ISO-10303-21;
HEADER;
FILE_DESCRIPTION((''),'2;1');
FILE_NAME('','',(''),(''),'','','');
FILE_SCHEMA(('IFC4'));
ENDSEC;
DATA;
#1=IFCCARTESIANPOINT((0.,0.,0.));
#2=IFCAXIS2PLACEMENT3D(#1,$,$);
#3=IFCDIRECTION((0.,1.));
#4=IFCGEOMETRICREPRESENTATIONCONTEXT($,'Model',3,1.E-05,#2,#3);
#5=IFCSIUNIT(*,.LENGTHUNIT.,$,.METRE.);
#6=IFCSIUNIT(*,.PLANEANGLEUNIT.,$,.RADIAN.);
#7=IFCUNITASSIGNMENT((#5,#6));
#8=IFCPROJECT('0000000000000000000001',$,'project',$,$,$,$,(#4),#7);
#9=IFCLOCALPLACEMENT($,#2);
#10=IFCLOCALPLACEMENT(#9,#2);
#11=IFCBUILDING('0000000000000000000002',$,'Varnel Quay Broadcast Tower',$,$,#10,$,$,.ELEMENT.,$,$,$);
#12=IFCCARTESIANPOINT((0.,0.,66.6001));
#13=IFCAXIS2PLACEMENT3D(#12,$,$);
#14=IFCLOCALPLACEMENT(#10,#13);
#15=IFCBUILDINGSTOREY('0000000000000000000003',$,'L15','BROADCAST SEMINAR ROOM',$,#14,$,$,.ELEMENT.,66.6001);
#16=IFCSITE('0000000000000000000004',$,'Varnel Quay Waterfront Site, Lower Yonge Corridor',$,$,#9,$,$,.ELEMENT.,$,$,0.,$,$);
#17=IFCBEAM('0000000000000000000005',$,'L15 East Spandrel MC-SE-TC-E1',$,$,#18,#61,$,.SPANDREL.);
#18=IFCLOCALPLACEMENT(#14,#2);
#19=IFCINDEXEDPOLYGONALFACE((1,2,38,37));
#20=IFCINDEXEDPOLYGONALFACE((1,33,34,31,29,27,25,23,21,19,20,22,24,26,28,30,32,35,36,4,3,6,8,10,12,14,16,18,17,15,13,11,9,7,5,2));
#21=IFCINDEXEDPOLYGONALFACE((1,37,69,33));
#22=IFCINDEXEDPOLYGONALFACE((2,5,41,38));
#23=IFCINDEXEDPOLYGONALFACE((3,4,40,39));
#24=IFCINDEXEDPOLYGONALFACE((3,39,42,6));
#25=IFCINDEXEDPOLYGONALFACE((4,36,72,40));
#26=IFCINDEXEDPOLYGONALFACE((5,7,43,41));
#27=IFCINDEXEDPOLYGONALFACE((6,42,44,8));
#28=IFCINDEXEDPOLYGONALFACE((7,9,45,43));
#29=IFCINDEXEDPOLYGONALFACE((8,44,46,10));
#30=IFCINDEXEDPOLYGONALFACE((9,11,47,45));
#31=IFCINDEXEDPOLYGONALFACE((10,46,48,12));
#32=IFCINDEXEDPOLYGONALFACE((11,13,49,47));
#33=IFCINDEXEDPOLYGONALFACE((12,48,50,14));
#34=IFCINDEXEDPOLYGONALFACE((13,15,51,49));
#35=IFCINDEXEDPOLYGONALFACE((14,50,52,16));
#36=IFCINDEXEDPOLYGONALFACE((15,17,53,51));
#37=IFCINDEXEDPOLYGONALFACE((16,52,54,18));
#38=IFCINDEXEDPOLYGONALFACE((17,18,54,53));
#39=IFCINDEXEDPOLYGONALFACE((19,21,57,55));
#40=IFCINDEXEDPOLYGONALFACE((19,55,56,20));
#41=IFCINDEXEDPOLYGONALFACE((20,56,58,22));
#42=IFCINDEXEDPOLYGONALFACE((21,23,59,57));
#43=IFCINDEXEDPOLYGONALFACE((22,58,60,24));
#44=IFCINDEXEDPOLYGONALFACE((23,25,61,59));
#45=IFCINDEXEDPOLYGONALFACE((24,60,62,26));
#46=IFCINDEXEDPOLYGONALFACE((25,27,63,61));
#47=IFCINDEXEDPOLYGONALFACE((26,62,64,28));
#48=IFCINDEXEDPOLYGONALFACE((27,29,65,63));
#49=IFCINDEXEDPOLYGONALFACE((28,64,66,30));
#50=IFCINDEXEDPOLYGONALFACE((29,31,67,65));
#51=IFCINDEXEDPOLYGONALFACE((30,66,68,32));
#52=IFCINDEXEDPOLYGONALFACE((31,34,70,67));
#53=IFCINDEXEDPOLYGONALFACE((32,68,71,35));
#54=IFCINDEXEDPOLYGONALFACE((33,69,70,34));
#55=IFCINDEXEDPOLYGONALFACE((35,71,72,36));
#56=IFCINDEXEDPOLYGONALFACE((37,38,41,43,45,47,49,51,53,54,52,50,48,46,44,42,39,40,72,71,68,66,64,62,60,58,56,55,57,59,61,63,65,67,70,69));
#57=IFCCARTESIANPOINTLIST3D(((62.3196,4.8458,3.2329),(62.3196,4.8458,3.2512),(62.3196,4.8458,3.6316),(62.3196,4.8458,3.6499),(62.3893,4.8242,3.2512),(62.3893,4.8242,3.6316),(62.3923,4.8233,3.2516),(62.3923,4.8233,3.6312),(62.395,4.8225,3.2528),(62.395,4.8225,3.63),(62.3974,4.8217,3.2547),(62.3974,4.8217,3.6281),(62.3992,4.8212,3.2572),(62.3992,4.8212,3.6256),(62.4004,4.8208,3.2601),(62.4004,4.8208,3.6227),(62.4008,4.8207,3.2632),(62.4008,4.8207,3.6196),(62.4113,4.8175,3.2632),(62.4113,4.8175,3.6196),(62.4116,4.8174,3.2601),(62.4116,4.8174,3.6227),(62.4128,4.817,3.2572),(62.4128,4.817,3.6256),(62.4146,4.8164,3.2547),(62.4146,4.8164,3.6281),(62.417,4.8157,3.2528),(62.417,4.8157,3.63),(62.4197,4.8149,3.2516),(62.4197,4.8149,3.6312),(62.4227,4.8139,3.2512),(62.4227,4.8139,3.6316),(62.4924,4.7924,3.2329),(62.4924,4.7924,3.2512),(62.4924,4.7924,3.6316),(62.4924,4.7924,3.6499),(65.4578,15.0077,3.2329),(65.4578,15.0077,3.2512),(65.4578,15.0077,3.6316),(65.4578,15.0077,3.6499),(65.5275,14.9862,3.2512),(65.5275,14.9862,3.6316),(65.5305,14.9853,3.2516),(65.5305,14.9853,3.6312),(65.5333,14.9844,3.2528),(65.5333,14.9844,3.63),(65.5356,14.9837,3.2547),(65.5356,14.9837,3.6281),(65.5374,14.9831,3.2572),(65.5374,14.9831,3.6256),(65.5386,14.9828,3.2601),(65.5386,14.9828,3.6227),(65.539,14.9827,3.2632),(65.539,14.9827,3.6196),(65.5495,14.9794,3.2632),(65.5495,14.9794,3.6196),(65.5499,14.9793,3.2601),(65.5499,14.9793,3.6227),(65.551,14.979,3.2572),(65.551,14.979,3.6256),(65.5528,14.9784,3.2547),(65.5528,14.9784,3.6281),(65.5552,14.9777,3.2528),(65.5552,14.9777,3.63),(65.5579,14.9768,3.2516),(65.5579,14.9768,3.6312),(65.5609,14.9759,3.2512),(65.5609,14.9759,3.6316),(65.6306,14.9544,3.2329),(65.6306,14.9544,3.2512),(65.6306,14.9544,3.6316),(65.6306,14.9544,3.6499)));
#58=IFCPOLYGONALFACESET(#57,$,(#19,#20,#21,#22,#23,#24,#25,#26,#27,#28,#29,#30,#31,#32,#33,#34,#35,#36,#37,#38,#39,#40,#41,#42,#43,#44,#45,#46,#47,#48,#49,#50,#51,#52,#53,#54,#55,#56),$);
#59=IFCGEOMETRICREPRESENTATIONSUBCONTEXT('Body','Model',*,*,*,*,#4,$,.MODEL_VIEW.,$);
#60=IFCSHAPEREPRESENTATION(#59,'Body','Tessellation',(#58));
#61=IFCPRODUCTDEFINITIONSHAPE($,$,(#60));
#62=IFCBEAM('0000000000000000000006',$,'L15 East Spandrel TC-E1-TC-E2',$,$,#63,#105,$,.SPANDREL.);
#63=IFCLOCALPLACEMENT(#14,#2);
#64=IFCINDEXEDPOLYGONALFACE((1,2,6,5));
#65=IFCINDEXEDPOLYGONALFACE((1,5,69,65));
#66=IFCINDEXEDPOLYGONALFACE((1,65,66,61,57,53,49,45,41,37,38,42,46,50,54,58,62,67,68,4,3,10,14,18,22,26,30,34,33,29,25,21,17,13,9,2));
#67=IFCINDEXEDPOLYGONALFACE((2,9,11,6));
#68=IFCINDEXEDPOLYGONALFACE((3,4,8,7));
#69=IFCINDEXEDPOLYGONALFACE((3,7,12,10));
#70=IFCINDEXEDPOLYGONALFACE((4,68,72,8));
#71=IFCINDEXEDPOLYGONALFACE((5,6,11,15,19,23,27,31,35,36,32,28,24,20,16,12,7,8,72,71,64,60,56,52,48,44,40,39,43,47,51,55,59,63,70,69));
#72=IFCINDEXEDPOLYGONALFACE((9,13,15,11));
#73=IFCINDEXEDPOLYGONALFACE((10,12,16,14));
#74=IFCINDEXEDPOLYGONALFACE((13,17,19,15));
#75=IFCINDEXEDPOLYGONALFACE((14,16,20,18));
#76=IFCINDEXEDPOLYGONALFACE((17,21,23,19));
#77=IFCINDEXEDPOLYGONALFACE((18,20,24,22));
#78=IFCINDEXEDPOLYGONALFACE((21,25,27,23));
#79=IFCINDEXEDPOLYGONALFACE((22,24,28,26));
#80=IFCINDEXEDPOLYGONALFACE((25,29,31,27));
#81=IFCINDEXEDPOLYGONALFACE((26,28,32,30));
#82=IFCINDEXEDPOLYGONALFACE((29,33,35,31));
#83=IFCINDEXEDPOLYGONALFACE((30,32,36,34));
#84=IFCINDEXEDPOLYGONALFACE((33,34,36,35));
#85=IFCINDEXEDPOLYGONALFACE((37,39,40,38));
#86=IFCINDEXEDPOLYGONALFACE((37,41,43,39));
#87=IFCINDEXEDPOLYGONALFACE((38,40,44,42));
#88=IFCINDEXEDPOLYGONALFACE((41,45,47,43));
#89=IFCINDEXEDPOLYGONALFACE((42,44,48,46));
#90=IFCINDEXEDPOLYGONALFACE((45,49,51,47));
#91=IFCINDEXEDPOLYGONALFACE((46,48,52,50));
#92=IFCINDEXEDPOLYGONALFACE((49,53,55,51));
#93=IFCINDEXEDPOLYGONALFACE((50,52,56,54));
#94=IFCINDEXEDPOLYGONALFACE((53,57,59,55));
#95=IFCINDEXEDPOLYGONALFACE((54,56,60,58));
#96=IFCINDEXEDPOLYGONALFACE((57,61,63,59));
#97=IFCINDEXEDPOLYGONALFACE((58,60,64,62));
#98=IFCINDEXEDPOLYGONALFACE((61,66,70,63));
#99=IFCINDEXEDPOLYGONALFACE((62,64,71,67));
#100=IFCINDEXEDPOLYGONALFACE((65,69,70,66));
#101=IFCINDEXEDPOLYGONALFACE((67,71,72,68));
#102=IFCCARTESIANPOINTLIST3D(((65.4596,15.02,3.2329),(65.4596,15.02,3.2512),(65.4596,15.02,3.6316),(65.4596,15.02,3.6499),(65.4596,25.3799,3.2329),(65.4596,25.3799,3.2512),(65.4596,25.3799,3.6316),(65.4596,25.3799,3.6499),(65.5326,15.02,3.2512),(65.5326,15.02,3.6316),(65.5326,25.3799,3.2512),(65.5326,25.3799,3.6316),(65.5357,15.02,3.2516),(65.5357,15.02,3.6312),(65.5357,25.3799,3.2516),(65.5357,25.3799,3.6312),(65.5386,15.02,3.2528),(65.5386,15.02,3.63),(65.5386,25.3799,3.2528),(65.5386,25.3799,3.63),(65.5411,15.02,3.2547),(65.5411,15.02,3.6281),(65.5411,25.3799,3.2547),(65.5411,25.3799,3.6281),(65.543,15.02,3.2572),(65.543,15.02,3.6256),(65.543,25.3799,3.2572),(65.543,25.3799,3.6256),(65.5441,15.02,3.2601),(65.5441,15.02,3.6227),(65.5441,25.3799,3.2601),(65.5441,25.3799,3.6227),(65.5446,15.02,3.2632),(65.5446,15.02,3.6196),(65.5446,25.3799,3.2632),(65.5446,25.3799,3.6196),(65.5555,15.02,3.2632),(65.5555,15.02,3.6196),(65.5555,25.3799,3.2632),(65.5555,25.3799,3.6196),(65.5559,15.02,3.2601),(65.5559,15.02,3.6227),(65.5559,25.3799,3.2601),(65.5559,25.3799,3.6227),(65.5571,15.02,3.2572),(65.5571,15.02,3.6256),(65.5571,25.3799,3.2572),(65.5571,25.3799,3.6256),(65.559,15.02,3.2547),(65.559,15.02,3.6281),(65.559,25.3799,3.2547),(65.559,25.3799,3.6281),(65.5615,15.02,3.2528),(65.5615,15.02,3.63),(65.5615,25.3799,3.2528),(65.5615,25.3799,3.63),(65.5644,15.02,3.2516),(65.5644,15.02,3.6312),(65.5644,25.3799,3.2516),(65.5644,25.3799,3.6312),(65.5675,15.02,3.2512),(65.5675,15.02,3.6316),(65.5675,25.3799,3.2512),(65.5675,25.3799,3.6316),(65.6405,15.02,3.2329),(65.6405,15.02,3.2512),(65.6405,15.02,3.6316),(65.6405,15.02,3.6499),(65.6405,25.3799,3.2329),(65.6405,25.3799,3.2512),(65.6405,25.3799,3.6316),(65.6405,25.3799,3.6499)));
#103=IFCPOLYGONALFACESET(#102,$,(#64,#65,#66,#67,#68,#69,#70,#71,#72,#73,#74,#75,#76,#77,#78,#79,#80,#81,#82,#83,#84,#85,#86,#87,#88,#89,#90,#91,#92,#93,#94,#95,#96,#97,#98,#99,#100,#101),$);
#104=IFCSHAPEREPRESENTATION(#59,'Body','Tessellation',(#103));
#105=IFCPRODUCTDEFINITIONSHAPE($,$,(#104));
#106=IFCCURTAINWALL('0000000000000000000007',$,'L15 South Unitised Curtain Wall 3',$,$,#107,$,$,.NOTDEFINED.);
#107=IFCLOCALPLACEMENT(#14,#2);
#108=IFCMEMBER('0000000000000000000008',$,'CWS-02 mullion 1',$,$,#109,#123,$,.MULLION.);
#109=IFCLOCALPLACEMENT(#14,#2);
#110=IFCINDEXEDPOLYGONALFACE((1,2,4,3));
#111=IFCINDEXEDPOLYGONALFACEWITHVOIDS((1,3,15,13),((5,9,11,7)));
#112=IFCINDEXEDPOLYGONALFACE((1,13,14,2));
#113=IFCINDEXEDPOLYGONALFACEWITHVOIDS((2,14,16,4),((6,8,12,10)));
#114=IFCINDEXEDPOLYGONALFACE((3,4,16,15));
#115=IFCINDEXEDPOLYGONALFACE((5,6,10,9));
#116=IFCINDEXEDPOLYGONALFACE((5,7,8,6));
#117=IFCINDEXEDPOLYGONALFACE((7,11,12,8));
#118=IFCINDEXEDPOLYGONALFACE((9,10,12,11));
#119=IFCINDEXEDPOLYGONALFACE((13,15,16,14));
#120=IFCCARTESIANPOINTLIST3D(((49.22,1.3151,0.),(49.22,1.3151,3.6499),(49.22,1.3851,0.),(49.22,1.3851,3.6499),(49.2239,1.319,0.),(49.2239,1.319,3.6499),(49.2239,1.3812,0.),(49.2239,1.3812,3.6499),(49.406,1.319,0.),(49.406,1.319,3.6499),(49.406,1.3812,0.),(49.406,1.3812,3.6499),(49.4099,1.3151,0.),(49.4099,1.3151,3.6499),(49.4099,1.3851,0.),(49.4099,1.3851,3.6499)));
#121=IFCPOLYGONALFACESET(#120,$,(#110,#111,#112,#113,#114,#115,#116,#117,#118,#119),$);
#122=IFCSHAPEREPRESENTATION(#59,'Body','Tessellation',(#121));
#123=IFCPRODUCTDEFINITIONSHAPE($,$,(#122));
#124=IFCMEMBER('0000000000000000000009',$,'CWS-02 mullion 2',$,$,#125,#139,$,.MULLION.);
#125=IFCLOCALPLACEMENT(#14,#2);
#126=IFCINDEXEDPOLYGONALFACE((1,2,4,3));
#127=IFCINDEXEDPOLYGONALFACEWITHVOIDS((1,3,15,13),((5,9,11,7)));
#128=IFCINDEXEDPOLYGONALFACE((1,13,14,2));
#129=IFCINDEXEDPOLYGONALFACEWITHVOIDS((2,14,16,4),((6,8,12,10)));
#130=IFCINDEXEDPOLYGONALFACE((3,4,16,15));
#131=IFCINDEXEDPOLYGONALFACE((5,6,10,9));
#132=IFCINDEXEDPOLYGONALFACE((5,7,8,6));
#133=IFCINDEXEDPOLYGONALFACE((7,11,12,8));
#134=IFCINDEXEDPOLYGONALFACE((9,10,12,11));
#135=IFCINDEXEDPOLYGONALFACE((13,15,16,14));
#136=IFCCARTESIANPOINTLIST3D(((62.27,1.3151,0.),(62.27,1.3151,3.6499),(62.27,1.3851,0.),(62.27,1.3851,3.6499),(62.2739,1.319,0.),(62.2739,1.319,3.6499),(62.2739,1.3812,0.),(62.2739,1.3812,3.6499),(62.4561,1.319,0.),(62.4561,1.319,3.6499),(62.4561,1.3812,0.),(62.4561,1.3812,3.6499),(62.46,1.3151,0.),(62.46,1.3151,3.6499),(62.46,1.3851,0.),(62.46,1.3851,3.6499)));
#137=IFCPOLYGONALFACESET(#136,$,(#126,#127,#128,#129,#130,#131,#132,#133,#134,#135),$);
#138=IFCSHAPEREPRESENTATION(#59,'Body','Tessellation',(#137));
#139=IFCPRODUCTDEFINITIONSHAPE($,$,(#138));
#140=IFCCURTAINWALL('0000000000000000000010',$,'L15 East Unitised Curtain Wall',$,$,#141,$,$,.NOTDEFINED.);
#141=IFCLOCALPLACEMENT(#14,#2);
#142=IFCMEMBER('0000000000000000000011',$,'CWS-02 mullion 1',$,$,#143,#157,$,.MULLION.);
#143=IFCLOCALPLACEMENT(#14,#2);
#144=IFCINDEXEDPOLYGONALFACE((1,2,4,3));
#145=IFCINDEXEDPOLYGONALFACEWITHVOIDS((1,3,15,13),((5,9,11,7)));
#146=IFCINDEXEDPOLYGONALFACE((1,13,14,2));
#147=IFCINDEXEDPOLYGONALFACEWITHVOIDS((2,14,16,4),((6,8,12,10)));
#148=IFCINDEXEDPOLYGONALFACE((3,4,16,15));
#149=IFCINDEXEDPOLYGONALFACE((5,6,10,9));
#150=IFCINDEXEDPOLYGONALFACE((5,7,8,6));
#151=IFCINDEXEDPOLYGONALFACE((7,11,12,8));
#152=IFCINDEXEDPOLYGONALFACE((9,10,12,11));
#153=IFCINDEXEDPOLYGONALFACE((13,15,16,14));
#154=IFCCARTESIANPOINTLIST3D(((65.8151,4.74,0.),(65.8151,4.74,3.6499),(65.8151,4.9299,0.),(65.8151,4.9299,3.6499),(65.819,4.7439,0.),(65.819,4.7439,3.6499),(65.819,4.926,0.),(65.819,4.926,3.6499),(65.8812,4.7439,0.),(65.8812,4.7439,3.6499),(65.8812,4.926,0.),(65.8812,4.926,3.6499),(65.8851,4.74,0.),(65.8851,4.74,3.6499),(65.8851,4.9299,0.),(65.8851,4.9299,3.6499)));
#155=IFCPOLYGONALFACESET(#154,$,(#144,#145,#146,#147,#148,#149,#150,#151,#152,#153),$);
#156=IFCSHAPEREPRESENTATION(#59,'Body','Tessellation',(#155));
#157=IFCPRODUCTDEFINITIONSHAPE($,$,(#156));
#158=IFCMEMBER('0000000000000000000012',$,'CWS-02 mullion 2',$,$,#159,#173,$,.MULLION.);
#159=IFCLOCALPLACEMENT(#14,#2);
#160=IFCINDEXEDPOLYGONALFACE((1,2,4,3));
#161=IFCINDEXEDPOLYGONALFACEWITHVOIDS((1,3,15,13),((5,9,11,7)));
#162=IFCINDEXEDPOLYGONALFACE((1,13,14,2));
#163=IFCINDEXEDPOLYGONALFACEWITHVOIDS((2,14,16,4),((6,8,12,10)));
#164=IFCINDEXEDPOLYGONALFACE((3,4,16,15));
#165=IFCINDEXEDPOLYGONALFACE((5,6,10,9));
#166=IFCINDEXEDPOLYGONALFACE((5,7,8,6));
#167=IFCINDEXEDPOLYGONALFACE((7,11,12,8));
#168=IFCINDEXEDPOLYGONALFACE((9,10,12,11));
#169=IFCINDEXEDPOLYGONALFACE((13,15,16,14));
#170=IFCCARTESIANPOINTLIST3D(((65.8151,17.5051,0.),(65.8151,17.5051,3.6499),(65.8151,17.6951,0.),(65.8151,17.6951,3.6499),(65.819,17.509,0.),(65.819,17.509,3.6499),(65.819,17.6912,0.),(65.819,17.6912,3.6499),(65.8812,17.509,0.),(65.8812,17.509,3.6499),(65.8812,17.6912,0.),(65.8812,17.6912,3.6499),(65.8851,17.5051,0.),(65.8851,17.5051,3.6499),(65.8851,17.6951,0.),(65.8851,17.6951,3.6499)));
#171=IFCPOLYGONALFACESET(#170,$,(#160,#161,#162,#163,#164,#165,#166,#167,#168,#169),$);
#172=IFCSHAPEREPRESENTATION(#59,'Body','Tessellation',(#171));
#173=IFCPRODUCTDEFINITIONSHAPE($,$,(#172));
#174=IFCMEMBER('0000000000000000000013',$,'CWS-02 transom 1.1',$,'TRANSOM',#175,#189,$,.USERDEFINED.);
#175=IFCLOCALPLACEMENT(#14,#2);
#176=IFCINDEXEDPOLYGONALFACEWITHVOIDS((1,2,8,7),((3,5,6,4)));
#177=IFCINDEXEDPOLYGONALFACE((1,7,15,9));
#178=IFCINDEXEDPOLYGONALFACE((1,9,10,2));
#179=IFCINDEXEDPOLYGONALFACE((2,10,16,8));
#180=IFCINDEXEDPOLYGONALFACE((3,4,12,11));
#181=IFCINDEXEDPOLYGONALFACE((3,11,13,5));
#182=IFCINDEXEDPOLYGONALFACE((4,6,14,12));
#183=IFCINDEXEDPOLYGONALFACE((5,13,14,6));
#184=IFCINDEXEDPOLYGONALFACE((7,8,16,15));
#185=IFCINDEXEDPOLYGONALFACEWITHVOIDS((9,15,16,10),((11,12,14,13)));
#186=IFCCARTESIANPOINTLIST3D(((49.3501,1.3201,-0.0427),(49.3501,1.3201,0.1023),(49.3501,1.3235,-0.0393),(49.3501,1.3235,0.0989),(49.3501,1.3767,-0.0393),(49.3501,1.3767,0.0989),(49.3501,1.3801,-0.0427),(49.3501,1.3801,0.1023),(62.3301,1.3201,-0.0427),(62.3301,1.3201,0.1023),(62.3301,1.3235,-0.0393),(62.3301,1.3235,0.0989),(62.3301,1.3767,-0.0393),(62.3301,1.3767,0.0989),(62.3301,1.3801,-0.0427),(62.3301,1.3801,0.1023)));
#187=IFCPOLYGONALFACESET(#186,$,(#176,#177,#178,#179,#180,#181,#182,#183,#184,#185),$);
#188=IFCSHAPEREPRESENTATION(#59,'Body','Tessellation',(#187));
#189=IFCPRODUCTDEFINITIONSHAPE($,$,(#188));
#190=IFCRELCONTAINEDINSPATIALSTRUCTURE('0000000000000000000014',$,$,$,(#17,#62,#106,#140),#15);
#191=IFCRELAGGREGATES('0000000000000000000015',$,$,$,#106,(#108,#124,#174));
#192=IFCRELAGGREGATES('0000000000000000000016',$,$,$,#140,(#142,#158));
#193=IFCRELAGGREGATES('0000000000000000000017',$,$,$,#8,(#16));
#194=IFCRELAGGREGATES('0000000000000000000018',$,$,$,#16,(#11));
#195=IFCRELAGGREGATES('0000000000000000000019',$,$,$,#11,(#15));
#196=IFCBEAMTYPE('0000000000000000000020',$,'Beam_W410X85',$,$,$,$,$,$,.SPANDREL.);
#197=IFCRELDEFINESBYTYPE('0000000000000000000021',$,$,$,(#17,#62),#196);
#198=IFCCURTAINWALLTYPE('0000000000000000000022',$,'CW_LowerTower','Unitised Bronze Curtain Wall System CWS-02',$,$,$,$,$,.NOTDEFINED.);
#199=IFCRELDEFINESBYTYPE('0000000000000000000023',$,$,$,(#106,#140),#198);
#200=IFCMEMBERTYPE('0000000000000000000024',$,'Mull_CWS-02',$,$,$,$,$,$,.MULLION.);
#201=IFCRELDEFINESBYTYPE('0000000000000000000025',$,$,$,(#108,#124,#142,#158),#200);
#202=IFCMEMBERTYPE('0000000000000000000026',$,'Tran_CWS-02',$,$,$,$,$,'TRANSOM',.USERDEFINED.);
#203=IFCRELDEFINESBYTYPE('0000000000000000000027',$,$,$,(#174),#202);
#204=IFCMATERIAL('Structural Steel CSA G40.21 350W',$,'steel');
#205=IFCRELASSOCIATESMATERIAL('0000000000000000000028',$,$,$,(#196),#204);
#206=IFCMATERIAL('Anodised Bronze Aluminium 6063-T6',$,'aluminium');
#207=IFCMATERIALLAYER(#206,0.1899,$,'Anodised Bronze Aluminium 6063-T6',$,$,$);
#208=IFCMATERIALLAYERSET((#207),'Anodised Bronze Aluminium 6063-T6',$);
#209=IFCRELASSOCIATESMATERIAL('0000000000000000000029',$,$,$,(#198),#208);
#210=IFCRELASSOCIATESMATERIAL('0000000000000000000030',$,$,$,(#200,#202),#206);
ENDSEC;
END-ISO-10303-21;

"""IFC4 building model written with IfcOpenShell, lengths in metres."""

from ifc_helpers import new_model, si_unit, direction, frame, origin, origin_2d, place, context, subcontext, project, spatial, hollow_rectangle, i_section, extrude, source, transform, mapped, material, layer, layer_set, material_profile, profile_set, type_object, type_shapes, element, aggregate, save


model = new_model("IFC4")

# Units and contexts
model_context = context("Model", 3, precision=1e-05, world=origin(), true_north=direction((0.0, 1.0)))
body_context = subcontext(model_context, "Body", "Model", "MODEL_VIEW")
ifc_project = project(units=[si_unit("LENGTHUNIT", "METRE"), si_unit("PLANEANGLEUNIT", "RADIAN")], contexts=[model_context])

# Site, building, storey
site_placement = place(None, origin())
site = spatial("IfcSite", under=ifc_project, at=site_placement, Name="Varnel Quay Waterfront Site, Lower Yonge Corridor", CompositionType="ELEMENT", RefElevation=0.0)
building_placement = place(site_placement, origin())
building = spatial("IfcBuilding", under=site, at=building_placement, Name="Varnel Quay Broadcast Tower", CompositionType="ELEMENT")
storey_placement = place(building_placement, frame((0.0, 0.0, 66.6001)))
storey = spatial("IfcBuildingStorey", under=building, at=storey_placement, Name="L15", Description="BROADCAST SEMINAR ROOM", CompositionType="ELEMENT", Elevation=66.6001)

# Shared definitions
ifc_material_1 = material(Name="Structural Steel CSA G40.21 350W", Category="steel")

# Beams
ifc_material_profile_1 = material_profile(ifc_material_1, i_section(OverallWidth=0.1809, OverallDepth=0.417, WebThickness=0.011, FlangeThickness=0.0183, FilletRadius=0.012, at=origin_2d()), Name="W410X85")
ifc_profile_set_1 = profile_set([ifc_material_profile_1], Name="Structural Steel CSA G40.21 350W")
beam_type = type_object("IfcBeamType", Name="Beam_W410X85", PredefinedType="SPANDREL", material=ifc_profile_set_1)
shared_shape_1 = source(origin(), body_context, "Body", "SweptSolid", [
    extrude(i_section(OverallWidth=0.1809, OverallDepth=0.417, WebThickness=0.011, FlangeThickness=0.0183, FilletRadius=0.012, at=origin_2d()), origin(), (0.0, 0.0, 1.0), 10.6355),
])
beam_1_placement = place(storey_placement, frame((62.406, 4.8191, 3.4414), z_axis=(0.29507, 0.955476, 0.0), x_axis=(-0.955476, 0.29507, 0.0)))
element("IfcBeam", 1, at=beam_1_placement, inside=storey, type_object=beam_type, Name="L15 East Spandrel MC-SE-TC-E1", PredefinedType="SPANDREL", context=body_context, shape_type="MappedRepresentation", body=[
    mapped(shared_shape_1, transform((0.0, 0.0, 0.0), x_axis=(1.0, 0.0, 0.0), y_axis=(0.0, 1.0, 0.0), z_axis=(0.0, 0.0, 1.0), scale=1.0)),
])
shared_shape_2 = source(origin(), body_context, "Body", "SweptSolid", [
    extrude(i_section(OverallWidth=0.1809, OverallDepth=0.417, WebThickness=0.011, FlangeThickness=0.0183, FilletRadius=0.012, at=origin_2d()), origin(), (0.0, 0.0, 1.0), 10.3599),
])
beam_2_placement = place(storey_placement, frame((65.55, 15.02, 3.4414), z_axis=(0.0, 1.0, 0.0), x_axis=(-1.0, 0.0, 0.0)))
element("IfcBeam", 2, at=beam_2_placement, inside=storey, type_object=beam_type, Name="L15 East Spandrel TC-E1-TC-E2", PredefinedType="SPANDREL", context=body_context, shape_type="MappedRepresentation", body=[
    mapped(shared_shape_2, transform((0.0, 0.0, 0.0), x_axis=(1.0, 0.0, 0.0), y_axis=(0.0, 1.0, 0.0), z_axis=(0.0, 0.0, 1.0), scale=1.0)),
])

# Curtain walls, members
ifc_material_2 = material(Name="Anodised Bronze Aluminium 6063-T6", Category="aluminium")
ifc_layer_1 = layer(ifc_material_2, 0.1899, Name="Anodised Bronze Aluminium 6063-T6")
ifc_layer_set_1 = layer_set([ifc_layer_1], Name="Anodised Bronze Aluminium 6063-T6")
curtain_wall_type_1 = type_object("IfcCurtainWallType", Name="CW_LowerTower", Description="Unitised Bronze Curtain Wall System CWS-02", PredefinedType="NOTDEFINED", material=ifc_layer_set_1)
curtain_wall_1_placement = place(storey_placement, origin())
curtain_wall_1 = element("IfcCurtainWall", 3, at=curtain_wall_1_placement, inside=storey, type_object=curtain_wall_type_1, Name="L15 South Unitised Curtain Wall 3", PredefinedType="NOTDEFINED")
ifc_material_profile_2 = material_profile(ifc_material_2, hollow_rectangle(XDim=0.0701, YDim=0.1899, WallThickness=0.0039, at=origin_2d()), Name="ALU70X190X4")
ifc_profile_set_2 = profile_set([ifc_material_profile_2], Name="Anodised Bronze Aluminium 6063-T6")
member_type_1 = type_object("IfcMemberType", Name="Mull_CWS-02", PredefinedType="MULLION", material=ifc_profile_set_2)
shared_shape_3 = source(origin(), body_context, "Body", "SweptSolid", [
    extrude(hollow_rectangle(XDim=0.0701, YDim=0.1899, WallThickness=0.0039, at=origin_2d()), origin(), (0.0, 0.0, 1.0), 3.6499),
])
type_shapes(member_type_1, [shared_shape_3])
member_1_placement = place(storey_placement, frame((49.3149, 1.3501, 0.0), z_axis=(0.0, 0.0, 1.0), x_axis=(0.0, 1.0, 0.0)))
member_1 = element("IfcMember", 4, at=member_1_placement, type_object=member_type_1, Name="CWS-02 mullion 1", PredefinedType="MULLION", context=body_context, shape_type="MappedRepresentation", body=[
    mapped(shared_shape_3, transform((0.0, 0.0, 0.0), x_axis=(1.0, 0.0, 0.0), y_axis=(0.0, 1.0, 0.0), z_axis=(0.0, 0.0, 1.0), scale=1.0)),
])
member_2_placement = place(storey_placement, frame((62.365, 1.3501, 0.0), z_axis=(0.0, 0.0, 1.0), x_axis=(0.0, 1.0, 0.0)))
member_2 = element("IfcMember", 5, at=member_2_placement, type_object=member_type_1, Name="CWS-02 mullion 2", PredefinedType="MULLION", context=body_context, shape_type="MappedRepresentation", body=[
    mapped(shared_shape_3, transform((0.0, 0.0, 0.0), x_axis=(1.0, 0.0, 0.0), y_axis=(0.0, 1.0, 0.0), z_axis=(0.0, 0.0, 1.0), scale=1.0)),
])
curtain_wall_2_placement = place(storey_placement, origin())
curtain_wall_2 = element("IfcCurtainWall", 6, at=curtain_wall_2_placement, inside=storey, type_object=curtain_wall_type_1, Name="L15 East Unitised Curtain Wall", PredefinedType="NOTDEFINED")
member_3_placement = place(storey_placement, frame((65.8501, 4.835, 0.0), z_axis=(0.0, 0.0, 1.0), x_axis=(-1.0, 0.0, 0.0)))
member_3 = element("IfcMember", 7, at=member_3_placement, type_object=member_type_1, Name="CWS-02 mullion 1", PredefinedType="MULLION", context=body_context, shape_type="MappedRepresentation", body=[
    mapped(shared_shape_3, transform((0.0, 0.0, 0.0), x_axis=(1.0, 0.0, 0.0), y_axis=(0.0, 1.0, 0.0), z_axis=(0.0, 0.0, 1.0), scale=1.0)),
])
member_4_placement = place(storey_placement, frame((65.8501, 17.6001, 0.0), z_axis=(0.0, 0.0, 1.0), x_axis=(-1.0, 0.0, 0.0)))
member_4 = element("IfcMember", 8, at=member_4_placement, type_object=member_type_1, Name="CWS-02 mullion 2", PredefinedType="MULLION", context=body_context, shape_type="MappedRepresentation", body=[
    mapped(shared_shape_3, transform((0.0, 0.0, 0.0), x_axis=(1.0, 0.0, 0.0), y_axis=(0.0, 1.0, 0.0), z_axis=(0.0, 0.0, 1.0), scale=1.0)),
])

# Member
ifc_material_profile_3 = material_profile(ifc_material_2, hollow_rectangle(XDim=0.0601, YDim=0.145, WallThickness=0.0034, at=origin_2d()), Name="ALU60X145X3.5")
ifc_profile_set_3 = profile_set([ifc_material_profile_3], Name="Anodised Bronze Aluminium 6063-T6")
member_type_2 = type_object("IfcMemberType", Name="Tran_CWS-02", ElementType="TRANSOM", PredefinedType="USERDEFINED", material=ifc_profile_set_3)
shared_shape_4 = source(origin(), body_context, "Body", "SweptSolid", [
    extrude(hollow_rectangle(XDim=0.0601, YDim=0.145, WallThickness=0.0034, at=origin_2d()), origin(), (0.0, 0.0, 1.0), 12.98),
])
member_5_placement = place(storey_placement, frame((49.3501, 1.3501, 0.0298), z_axis=(1.0, 0.0, 0.0), x_axis=(0.0, 1.0, 0.0)))
member_5 = element("IfcMember", 9, at=member_5_placement, type_object=member_type_2, Name="CWS-02 transom 1.1", ObjectType="TRANSOM", PredefinedType="USERDEFINED", context=body_context, shape_type="MappedRepresentation", body=[
    mapped(shared_shape_4, transform((0.0, 0.0, 0.0), x_axis=(1.0, 0.0, 0.0), y_axis=(0.0, 1.0, 0.0), z_axis=(0.0, 0.0, 1.0), scale=1.0)),
])

aggregate(curtain_wall_1, [member_1, member_2, member_5])
aggregate(curtain_wall_2, [member_3, member_4])

save(model, "model.ifc")
